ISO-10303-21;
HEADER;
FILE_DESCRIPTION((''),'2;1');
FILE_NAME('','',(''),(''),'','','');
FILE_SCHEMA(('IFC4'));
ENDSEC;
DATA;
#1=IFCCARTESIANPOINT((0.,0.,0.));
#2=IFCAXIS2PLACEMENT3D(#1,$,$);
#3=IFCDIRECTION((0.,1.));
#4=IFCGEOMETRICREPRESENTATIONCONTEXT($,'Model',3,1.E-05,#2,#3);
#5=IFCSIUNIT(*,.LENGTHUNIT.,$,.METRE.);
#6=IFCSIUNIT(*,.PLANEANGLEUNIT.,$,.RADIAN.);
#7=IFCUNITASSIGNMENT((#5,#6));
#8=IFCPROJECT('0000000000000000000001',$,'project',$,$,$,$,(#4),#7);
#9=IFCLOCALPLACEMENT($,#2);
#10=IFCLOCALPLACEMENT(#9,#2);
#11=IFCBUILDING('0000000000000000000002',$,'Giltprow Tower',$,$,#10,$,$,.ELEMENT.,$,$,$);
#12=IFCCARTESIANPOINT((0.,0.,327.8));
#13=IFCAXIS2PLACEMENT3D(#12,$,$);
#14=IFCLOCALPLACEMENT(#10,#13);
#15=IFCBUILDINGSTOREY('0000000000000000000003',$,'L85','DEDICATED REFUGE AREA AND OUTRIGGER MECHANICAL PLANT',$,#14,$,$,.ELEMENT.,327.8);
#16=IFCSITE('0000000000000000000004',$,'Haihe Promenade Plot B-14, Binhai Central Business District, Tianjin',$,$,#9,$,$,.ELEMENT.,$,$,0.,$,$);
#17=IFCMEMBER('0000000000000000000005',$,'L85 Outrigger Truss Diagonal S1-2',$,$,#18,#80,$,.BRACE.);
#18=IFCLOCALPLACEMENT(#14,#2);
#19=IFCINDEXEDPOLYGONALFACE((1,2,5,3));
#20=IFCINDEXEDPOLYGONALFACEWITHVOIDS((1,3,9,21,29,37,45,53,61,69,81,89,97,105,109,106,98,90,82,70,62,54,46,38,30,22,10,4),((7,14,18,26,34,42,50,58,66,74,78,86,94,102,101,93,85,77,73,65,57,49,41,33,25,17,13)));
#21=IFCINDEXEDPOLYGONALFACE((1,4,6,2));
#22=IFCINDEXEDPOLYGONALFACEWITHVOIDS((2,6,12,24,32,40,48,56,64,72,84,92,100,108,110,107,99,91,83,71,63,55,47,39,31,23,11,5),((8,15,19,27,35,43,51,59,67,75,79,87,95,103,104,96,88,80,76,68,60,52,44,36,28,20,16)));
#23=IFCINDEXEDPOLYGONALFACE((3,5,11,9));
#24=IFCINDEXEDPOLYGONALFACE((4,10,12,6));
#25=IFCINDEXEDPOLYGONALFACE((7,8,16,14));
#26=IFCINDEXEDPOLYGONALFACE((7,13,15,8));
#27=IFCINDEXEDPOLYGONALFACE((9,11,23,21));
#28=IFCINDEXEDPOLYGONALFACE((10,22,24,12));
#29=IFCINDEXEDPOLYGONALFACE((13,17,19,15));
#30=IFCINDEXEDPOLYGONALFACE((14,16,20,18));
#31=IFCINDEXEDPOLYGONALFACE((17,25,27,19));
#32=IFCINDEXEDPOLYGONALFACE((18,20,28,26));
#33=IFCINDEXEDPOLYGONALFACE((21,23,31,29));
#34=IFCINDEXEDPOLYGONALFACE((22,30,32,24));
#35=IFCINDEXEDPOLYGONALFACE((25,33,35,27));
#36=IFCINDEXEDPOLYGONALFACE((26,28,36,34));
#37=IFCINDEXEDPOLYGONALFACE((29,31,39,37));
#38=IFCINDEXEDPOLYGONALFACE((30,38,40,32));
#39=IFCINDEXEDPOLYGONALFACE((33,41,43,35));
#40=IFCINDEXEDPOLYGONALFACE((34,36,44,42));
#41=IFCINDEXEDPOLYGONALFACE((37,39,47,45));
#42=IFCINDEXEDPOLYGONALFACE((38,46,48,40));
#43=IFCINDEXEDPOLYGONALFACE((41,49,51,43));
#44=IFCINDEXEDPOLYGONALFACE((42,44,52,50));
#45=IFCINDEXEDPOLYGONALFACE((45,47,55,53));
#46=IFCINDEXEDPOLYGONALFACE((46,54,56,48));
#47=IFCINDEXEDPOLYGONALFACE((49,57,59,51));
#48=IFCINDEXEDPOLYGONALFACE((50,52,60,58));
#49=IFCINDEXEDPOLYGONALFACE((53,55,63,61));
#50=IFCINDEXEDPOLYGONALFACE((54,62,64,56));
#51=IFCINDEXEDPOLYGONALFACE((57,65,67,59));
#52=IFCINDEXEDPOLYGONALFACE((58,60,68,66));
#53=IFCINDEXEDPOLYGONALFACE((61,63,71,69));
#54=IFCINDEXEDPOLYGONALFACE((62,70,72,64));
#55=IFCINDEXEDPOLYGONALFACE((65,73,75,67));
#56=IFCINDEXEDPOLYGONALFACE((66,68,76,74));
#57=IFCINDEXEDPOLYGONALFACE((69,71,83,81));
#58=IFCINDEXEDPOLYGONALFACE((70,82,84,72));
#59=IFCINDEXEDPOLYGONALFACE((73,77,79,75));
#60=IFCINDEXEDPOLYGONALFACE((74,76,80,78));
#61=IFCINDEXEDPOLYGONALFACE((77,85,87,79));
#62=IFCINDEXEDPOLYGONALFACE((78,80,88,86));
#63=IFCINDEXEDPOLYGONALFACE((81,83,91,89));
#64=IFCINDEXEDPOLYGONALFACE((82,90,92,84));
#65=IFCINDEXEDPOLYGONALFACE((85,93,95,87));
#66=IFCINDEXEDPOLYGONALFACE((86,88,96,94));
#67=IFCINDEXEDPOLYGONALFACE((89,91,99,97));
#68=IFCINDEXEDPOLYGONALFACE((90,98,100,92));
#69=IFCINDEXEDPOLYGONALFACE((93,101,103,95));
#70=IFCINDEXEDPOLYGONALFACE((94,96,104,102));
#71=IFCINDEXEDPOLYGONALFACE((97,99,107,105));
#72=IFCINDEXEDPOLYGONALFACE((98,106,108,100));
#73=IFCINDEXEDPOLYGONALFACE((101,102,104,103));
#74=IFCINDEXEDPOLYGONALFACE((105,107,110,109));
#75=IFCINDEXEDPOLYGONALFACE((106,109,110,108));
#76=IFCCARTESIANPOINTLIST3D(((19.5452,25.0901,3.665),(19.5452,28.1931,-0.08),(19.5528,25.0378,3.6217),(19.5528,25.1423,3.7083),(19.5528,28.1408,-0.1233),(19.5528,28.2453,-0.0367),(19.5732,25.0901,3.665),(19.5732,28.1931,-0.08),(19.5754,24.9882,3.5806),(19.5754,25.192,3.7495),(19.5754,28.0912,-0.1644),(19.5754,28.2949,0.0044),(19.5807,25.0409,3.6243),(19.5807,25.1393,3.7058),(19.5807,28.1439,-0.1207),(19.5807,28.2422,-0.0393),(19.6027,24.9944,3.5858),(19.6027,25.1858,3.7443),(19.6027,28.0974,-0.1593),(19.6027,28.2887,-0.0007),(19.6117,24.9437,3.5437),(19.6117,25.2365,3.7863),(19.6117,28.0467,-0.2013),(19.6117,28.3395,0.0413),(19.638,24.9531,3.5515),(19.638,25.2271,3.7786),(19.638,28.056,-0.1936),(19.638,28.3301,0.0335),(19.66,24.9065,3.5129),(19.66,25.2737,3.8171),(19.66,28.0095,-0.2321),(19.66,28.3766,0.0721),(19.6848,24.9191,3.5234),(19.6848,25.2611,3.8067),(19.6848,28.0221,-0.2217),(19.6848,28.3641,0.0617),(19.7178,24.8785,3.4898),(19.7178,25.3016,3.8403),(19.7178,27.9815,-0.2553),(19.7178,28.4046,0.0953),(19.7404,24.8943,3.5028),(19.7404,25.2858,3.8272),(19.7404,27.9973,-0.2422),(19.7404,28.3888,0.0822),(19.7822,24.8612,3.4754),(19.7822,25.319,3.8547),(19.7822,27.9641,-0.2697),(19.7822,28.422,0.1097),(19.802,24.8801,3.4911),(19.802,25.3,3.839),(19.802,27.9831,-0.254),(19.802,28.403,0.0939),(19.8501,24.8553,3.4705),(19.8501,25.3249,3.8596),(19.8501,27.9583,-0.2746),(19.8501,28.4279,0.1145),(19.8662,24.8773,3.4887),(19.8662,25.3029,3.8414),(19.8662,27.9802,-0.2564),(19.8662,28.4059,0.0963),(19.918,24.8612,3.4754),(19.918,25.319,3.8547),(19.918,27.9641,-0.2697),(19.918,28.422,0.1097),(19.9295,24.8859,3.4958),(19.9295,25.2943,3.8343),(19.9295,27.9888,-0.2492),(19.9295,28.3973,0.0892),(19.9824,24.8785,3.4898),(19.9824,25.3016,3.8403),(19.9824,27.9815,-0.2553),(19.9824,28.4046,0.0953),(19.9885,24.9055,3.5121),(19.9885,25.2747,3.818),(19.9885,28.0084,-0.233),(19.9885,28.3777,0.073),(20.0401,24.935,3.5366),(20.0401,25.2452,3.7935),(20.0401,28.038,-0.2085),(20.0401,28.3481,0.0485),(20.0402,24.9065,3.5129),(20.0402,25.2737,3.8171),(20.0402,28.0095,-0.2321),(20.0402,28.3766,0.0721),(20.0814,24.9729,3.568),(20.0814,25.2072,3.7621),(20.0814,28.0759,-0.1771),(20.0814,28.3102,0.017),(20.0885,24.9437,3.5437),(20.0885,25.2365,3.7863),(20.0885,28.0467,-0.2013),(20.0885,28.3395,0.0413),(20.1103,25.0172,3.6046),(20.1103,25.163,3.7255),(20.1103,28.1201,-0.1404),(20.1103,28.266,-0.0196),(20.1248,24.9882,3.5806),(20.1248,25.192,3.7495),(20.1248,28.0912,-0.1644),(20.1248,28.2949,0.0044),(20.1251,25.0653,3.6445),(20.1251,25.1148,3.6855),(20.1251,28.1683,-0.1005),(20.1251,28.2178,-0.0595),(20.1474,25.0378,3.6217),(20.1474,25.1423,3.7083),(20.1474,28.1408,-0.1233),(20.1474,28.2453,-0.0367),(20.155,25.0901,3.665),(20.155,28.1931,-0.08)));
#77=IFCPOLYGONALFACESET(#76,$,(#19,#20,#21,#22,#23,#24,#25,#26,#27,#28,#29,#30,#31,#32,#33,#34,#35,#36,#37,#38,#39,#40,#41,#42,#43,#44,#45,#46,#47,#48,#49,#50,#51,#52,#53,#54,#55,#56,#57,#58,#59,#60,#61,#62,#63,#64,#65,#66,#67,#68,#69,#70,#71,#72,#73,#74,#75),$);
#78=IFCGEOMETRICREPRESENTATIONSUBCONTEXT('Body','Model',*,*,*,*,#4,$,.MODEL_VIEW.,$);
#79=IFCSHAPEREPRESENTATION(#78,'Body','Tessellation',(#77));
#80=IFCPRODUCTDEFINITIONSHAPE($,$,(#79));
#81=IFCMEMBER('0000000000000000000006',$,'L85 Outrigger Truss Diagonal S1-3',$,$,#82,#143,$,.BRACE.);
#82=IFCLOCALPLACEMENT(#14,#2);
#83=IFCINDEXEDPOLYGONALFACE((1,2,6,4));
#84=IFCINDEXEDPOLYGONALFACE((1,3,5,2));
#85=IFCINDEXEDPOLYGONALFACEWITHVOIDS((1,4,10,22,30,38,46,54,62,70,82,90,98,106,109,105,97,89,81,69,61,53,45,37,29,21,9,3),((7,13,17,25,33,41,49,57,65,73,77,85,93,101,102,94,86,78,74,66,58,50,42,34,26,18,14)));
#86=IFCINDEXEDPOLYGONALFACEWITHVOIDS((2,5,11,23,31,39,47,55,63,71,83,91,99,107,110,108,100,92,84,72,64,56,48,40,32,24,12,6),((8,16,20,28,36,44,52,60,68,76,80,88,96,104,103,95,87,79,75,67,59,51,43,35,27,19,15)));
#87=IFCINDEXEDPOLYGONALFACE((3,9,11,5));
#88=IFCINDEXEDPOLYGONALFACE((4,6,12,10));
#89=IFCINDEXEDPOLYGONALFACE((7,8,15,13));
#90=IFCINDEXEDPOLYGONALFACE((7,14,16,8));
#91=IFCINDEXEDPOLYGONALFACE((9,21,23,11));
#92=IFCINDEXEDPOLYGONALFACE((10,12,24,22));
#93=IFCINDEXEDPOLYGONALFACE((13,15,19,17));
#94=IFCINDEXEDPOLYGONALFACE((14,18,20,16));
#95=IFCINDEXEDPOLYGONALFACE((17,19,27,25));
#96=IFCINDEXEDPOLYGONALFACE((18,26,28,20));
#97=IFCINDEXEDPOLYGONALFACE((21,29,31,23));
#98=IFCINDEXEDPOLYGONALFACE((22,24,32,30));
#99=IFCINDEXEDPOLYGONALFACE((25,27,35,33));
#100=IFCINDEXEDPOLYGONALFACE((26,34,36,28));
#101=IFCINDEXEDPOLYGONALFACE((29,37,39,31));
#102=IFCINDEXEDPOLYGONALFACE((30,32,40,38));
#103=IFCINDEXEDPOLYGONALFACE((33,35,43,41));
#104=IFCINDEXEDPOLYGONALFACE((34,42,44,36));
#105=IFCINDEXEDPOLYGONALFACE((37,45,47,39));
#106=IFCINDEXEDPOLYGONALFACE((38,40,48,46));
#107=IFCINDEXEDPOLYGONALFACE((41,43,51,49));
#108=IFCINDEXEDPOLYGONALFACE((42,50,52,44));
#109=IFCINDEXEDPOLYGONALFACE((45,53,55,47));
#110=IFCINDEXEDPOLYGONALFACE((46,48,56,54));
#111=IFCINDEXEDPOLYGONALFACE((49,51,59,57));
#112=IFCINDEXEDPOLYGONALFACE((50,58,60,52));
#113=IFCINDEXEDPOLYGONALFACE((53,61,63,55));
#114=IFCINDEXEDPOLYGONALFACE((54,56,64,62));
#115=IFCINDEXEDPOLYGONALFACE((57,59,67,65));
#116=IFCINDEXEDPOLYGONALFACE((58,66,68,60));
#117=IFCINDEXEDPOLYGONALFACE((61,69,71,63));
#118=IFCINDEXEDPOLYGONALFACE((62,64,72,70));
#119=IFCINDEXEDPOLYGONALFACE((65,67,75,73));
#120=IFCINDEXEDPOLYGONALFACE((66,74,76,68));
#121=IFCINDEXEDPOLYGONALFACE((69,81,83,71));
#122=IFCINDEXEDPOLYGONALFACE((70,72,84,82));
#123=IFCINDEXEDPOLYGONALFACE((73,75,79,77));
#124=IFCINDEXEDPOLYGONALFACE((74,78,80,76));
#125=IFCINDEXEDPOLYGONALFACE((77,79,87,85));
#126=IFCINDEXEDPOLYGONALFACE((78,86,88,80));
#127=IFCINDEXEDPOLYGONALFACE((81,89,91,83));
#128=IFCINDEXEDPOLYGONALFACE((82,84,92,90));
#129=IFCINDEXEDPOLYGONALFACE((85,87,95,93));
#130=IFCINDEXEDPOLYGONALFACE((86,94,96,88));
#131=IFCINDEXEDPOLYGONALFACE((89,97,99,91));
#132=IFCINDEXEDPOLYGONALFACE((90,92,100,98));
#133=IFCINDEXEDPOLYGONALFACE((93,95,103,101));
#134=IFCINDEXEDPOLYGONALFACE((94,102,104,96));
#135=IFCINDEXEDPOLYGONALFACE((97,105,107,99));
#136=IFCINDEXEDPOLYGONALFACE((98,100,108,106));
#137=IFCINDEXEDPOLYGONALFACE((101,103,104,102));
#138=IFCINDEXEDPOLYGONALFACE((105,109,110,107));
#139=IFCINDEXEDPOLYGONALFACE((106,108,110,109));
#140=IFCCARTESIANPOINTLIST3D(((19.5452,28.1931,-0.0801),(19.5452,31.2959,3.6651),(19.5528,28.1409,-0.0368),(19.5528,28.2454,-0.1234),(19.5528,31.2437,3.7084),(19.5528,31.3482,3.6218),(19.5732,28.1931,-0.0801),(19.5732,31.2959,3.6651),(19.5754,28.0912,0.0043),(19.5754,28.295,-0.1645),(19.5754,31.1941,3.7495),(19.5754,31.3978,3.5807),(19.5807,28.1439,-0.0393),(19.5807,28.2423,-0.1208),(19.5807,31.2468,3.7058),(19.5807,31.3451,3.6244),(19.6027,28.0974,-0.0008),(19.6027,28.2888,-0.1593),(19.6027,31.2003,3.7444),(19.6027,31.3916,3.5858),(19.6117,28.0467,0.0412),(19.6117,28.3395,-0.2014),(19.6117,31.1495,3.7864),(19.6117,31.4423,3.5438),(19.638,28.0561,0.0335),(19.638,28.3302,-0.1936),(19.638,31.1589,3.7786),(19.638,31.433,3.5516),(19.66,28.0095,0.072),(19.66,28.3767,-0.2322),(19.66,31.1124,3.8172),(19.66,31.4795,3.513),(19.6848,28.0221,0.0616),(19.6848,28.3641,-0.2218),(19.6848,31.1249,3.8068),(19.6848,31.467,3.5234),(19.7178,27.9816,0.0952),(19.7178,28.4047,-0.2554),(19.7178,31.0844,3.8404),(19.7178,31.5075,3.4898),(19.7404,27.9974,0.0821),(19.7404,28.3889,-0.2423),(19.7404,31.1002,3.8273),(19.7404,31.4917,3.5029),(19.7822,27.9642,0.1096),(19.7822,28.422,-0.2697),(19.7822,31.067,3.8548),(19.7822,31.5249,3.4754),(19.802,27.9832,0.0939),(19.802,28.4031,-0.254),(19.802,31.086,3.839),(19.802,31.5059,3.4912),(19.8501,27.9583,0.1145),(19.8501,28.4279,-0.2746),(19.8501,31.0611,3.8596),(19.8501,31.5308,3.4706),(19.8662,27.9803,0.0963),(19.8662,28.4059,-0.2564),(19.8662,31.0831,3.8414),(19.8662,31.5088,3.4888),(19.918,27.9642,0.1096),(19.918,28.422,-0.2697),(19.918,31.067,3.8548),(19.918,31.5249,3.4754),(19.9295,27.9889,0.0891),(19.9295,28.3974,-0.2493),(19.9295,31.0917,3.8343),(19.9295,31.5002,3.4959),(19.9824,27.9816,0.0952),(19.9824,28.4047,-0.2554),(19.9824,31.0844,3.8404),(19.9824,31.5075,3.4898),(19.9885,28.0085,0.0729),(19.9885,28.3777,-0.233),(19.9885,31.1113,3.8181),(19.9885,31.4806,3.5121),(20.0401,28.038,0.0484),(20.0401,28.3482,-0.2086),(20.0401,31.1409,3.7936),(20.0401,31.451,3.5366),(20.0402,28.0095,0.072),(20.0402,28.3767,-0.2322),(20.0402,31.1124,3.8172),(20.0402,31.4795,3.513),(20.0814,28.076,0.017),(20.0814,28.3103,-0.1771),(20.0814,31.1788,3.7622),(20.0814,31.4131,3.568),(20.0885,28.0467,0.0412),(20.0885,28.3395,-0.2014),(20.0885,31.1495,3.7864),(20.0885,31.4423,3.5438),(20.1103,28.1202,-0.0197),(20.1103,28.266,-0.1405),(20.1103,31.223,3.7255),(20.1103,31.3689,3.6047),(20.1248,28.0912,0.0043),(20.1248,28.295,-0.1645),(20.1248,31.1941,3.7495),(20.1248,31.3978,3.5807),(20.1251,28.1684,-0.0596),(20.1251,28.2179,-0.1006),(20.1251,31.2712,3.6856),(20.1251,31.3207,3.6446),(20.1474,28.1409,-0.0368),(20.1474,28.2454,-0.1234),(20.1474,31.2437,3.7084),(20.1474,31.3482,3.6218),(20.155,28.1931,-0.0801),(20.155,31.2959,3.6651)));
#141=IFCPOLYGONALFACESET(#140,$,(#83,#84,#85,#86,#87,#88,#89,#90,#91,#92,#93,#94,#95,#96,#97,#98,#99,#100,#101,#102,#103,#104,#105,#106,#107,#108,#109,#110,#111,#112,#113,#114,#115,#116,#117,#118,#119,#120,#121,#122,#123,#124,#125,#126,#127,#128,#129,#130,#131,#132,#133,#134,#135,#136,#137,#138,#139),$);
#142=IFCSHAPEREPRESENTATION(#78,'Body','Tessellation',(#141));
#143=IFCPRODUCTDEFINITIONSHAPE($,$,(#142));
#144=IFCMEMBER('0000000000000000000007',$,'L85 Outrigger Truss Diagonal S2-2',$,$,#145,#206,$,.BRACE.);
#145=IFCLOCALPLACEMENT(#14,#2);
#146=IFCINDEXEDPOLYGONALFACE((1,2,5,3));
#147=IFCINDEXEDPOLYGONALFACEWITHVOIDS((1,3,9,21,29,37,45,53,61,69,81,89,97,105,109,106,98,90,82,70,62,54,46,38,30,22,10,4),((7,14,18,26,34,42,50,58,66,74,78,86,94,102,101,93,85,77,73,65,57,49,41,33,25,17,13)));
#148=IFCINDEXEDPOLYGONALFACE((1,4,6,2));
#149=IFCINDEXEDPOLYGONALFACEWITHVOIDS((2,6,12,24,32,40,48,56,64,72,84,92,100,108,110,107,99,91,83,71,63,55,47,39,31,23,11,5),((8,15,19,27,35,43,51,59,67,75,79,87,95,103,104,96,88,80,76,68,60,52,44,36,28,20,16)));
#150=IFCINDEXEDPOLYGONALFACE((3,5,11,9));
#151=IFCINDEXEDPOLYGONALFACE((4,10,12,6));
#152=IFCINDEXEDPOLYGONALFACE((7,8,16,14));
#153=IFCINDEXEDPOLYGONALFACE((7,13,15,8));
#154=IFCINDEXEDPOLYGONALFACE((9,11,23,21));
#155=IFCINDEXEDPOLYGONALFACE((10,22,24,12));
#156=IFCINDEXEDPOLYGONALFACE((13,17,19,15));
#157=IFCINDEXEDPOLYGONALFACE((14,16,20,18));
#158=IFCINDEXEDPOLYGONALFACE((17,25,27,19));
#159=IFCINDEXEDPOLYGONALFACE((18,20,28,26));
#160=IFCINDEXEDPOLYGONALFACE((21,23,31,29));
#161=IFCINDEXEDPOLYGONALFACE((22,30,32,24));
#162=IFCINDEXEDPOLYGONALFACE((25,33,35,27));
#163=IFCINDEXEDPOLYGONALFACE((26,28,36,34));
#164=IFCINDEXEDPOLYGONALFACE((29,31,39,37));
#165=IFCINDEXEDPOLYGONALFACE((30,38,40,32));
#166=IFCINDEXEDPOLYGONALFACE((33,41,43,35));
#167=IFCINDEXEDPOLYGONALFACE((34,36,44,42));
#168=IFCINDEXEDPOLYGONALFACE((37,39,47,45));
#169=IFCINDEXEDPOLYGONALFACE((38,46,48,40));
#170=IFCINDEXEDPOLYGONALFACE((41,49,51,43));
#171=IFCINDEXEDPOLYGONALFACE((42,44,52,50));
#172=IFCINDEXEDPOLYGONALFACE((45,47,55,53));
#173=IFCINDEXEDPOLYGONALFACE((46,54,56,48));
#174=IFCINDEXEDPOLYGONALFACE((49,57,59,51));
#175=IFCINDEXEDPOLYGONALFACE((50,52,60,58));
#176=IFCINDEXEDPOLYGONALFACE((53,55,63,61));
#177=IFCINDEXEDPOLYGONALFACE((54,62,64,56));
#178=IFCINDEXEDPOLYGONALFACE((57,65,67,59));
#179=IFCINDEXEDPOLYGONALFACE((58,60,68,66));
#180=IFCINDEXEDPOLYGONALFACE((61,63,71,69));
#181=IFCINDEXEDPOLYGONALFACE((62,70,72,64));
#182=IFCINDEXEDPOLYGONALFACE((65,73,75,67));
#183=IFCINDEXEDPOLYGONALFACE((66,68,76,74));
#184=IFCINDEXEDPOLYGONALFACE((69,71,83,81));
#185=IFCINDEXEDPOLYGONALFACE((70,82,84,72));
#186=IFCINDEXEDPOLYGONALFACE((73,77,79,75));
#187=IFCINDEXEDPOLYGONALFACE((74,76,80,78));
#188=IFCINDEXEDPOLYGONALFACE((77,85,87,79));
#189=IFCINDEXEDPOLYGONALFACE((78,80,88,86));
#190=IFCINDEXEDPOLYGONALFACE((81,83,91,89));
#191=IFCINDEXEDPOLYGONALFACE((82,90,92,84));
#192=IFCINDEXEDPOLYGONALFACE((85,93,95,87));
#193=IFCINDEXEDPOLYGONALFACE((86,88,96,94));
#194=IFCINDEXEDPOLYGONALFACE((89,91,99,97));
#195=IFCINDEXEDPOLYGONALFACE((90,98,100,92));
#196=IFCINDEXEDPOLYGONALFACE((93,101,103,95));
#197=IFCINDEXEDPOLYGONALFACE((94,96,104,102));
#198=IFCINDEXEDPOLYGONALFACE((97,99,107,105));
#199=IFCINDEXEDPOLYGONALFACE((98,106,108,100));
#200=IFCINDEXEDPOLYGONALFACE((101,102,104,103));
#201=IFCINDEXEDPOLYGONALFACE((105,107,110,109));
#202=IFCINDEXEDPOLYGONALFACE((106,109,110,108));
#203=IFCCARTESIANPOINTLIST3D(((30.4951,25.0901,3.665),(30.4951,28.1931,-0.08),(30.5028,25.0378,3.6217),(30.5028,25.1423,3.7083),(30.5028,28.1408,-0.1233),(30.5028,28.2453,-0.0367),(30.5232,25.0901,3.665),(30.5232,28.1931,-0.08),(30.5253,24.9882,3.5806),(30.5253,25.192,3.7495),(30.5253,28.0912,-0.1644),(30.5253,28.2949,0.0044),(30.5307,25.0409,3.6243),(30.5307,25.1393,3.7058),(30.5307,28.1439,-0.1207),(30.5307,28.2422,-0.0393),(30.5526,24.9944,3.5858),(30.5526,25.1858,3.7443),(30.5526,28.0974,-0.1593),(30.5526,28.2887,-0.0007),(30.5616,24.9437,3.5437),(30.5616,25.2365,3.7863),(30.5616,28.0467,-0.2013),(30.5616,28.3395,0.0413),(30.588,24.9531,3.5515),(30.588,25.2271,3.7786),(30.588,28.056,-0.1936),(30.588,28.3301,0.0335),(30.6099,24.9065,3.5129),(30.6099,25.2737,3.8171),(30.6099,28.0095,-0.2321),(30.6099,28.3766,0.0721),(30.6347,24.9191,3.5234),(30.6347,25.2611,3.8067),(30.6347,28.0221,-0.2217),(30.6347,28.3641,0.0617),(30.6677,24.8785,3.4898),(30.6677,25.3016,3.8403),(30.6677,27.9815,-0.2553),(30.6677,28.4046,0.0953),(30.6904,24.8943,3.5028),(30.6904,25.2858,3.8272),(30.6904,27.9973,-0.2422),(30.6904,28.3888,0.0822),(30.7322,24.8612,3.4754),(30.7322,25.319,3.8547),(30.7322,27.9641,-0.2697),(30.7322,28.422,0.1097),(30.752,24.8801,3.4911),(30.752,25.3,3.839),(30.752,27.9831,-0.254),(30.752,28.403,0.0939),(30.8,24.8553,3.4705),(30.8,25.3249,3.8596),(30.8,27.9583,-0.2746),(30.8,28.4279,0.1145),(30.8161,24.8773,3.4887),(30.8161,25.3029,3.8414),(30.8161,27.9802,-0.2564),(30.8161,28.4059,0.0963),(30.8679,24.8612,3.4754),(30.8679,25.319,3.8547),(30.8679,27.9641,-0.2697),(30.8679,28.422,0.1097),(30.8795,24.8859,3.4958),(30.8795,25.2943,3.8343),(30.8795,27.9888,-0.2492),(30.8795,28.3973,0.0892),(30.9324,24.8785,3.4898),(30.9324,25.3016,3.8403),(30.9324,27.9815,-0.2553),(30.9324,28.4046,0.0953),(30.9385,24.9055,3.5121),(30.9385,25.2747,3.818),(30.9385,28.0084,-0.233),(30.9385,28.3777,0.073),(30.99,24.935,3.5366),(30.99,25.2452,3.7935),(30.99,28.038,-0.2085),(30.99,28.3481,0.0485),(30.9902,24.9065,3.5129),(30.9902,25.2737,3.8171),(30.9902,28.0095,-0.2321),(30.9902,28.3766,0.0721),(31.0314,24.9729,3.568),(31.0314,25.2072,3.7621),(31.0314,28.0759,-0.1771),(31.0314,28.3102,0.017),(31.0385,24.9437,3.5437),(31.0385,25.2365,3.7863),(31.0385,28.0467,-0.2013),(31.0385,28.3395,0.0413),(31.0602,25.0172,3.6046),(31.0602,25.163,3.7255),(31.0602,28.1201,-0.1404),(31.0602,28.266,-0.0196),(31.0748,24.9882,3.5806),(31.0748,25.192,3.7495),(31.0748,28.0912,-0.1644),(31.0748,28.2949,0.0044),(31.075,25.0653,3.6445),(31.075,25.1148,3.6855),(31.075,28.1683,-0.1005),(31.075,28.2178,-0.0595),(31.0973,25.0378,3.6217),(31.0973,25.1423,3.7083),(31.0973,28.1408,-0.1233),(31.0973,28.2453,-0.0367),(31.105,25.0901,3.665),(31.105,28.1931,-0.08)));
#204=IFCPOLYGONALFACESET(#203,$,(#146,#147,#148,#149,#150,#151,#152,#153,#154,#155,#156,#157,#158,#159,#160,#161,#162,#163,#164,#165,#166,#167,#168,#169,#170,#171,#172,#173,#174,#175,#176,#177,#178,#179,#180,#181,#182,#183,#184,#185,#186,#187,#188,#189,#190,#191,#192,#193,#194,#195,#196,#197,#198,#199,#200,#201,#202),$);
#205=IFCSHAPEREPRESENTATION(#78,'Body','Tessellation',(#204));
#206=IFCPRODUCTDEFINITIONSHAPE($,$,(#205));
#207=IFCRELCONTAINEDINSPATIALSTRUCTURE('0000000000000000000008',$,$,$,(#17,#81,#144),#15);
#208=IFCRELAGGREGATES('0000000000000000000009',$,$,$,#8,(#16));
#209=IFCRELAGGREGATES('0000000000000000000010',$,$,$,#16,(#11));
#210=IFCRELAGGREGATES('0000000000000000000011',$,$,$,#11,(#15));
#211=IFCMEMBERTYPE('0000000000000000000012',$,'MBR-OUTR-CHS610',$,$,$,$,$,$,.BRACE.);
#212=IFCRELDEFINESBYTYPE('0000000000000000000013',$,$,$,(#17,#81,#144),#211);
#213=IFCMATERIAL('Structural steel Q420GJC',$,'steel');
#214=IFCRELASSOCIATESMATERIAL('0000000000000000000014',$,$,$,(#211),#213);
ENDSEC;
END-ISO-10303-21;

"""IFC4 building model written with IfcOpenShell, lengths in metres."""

from ifc_helpers import new_model, si_unit, direction, frame, origin, origin_2d, place, context, subcontext, project, spatial, hollow_circle, extrude, source, transform, mapped, material, material_profile, profile_set, type_object, element, save


model = new_model("IFC4")

# Units and contexts
model_context = context("Model", 3, precision=1e-05, world=origin(), true_north=direction((0.0, 1.0)))
body_context = subcontext(model_context, "Body", "Model", "MODEL_VIEW")
ifc_project = project(units=[si_unit("LENGTHUNIT", "METRE"), si_unit("PLANEANGLEUNIT", "RADIAN")], contexts=[model_context])

# Site, building, storey
site_placement = place(None, origin())
site = spatial("IfcSite", under=ifc_project, at=site_placement, Name="Haihe Promenade Plot B-14, Binhai Central Business District, Tianjin", CompositionType="ELEMENT", RefElevation=0.0)
building_placement = place(site_placement, origin())
building = spatial("IfcBuilding", under=site, at=building_placement, Name="Giltprow Tower", CompositionType="ELEMENT")
storey_placement = place(building_placement, frame((0.0, 0.0, 327.8)))
storey = spatial("IfcBuildingStorey", under=building, at=storey_placement, Name="L85", Description="DEDICATED REFUGE AREA AND OUTRIGGER MECHANICAL PLANT", CompositionType="ELEMENT", Elevation=327.8)

# Shared definitions
ifc_material_1 = material(Name="Structural steel Q420GJC", Category="steel")

# Members
ifc_material_profile_1 = material_profile(ifc_material_1, hollow_circle(Radius=0.3049, WallThickness=0.0281, at=origin_2d()), Name="CHS 610x28")
ifc_profile_set_1 = profile_set([ifc_material_profile_1], Name="Structural steel Q420GJC")
member_type_1 = type_object("IfcMemberType", Name="MBR-OUTR-CHS610", PredefinedType="BRACE", material=ifc_profile_set_1)
shared_shape_1 = source(origin(), body_context, "Body", "SweptSolid", [
    extrude(hollow_circle(Radius=0.3049, WallThickness=0.0281, at=origin_2d()), origin(), (0.0, 0.0, 1.0), 4.8635),
])
for number, where, z_axis, x_axis, name in (
    (1, (19.8501, 25.0901, 3.665), (0.0, 0.638009, -0.770029), (-1.0, 0.0, 0.0), "L85 Outrigger Truss Diagonal S1-2"),
    (2, (19.8501, 28.1931, -0.0801), (0.0, 0.63798, 0.770053), (-1.0, 0.0, 0.0), "L85 Outrigger Truss Diagonal S1-3"),
    (3, (30.8, 25.0901, 3.665), (0.0, 0.638009, -0.770029), (-1.0, 0.0, 0.0), "L85 Outrigger Truss Diagonal S2-2"),
):
    element("IfcMember", number, at=place(storey_placement, frame(where, z_axis=z_axis, x_axis=x_axis)), inside=storey, type_object=member_type_1, Name=name, PredefinedType="BRACE", context=body_context, shape_type="MappedRepresentation", body=[
        mapped(shared_shape_1, transform((0.0, 0.0, 0.0), x_axis=(1.0, 0.0, 0.0), y_axis=(0.0, 1.0, 0.0), z_axis=(0.0, 0.0, 1.0), scale=1.0)),
    ])

save(model, "model.ifc")
